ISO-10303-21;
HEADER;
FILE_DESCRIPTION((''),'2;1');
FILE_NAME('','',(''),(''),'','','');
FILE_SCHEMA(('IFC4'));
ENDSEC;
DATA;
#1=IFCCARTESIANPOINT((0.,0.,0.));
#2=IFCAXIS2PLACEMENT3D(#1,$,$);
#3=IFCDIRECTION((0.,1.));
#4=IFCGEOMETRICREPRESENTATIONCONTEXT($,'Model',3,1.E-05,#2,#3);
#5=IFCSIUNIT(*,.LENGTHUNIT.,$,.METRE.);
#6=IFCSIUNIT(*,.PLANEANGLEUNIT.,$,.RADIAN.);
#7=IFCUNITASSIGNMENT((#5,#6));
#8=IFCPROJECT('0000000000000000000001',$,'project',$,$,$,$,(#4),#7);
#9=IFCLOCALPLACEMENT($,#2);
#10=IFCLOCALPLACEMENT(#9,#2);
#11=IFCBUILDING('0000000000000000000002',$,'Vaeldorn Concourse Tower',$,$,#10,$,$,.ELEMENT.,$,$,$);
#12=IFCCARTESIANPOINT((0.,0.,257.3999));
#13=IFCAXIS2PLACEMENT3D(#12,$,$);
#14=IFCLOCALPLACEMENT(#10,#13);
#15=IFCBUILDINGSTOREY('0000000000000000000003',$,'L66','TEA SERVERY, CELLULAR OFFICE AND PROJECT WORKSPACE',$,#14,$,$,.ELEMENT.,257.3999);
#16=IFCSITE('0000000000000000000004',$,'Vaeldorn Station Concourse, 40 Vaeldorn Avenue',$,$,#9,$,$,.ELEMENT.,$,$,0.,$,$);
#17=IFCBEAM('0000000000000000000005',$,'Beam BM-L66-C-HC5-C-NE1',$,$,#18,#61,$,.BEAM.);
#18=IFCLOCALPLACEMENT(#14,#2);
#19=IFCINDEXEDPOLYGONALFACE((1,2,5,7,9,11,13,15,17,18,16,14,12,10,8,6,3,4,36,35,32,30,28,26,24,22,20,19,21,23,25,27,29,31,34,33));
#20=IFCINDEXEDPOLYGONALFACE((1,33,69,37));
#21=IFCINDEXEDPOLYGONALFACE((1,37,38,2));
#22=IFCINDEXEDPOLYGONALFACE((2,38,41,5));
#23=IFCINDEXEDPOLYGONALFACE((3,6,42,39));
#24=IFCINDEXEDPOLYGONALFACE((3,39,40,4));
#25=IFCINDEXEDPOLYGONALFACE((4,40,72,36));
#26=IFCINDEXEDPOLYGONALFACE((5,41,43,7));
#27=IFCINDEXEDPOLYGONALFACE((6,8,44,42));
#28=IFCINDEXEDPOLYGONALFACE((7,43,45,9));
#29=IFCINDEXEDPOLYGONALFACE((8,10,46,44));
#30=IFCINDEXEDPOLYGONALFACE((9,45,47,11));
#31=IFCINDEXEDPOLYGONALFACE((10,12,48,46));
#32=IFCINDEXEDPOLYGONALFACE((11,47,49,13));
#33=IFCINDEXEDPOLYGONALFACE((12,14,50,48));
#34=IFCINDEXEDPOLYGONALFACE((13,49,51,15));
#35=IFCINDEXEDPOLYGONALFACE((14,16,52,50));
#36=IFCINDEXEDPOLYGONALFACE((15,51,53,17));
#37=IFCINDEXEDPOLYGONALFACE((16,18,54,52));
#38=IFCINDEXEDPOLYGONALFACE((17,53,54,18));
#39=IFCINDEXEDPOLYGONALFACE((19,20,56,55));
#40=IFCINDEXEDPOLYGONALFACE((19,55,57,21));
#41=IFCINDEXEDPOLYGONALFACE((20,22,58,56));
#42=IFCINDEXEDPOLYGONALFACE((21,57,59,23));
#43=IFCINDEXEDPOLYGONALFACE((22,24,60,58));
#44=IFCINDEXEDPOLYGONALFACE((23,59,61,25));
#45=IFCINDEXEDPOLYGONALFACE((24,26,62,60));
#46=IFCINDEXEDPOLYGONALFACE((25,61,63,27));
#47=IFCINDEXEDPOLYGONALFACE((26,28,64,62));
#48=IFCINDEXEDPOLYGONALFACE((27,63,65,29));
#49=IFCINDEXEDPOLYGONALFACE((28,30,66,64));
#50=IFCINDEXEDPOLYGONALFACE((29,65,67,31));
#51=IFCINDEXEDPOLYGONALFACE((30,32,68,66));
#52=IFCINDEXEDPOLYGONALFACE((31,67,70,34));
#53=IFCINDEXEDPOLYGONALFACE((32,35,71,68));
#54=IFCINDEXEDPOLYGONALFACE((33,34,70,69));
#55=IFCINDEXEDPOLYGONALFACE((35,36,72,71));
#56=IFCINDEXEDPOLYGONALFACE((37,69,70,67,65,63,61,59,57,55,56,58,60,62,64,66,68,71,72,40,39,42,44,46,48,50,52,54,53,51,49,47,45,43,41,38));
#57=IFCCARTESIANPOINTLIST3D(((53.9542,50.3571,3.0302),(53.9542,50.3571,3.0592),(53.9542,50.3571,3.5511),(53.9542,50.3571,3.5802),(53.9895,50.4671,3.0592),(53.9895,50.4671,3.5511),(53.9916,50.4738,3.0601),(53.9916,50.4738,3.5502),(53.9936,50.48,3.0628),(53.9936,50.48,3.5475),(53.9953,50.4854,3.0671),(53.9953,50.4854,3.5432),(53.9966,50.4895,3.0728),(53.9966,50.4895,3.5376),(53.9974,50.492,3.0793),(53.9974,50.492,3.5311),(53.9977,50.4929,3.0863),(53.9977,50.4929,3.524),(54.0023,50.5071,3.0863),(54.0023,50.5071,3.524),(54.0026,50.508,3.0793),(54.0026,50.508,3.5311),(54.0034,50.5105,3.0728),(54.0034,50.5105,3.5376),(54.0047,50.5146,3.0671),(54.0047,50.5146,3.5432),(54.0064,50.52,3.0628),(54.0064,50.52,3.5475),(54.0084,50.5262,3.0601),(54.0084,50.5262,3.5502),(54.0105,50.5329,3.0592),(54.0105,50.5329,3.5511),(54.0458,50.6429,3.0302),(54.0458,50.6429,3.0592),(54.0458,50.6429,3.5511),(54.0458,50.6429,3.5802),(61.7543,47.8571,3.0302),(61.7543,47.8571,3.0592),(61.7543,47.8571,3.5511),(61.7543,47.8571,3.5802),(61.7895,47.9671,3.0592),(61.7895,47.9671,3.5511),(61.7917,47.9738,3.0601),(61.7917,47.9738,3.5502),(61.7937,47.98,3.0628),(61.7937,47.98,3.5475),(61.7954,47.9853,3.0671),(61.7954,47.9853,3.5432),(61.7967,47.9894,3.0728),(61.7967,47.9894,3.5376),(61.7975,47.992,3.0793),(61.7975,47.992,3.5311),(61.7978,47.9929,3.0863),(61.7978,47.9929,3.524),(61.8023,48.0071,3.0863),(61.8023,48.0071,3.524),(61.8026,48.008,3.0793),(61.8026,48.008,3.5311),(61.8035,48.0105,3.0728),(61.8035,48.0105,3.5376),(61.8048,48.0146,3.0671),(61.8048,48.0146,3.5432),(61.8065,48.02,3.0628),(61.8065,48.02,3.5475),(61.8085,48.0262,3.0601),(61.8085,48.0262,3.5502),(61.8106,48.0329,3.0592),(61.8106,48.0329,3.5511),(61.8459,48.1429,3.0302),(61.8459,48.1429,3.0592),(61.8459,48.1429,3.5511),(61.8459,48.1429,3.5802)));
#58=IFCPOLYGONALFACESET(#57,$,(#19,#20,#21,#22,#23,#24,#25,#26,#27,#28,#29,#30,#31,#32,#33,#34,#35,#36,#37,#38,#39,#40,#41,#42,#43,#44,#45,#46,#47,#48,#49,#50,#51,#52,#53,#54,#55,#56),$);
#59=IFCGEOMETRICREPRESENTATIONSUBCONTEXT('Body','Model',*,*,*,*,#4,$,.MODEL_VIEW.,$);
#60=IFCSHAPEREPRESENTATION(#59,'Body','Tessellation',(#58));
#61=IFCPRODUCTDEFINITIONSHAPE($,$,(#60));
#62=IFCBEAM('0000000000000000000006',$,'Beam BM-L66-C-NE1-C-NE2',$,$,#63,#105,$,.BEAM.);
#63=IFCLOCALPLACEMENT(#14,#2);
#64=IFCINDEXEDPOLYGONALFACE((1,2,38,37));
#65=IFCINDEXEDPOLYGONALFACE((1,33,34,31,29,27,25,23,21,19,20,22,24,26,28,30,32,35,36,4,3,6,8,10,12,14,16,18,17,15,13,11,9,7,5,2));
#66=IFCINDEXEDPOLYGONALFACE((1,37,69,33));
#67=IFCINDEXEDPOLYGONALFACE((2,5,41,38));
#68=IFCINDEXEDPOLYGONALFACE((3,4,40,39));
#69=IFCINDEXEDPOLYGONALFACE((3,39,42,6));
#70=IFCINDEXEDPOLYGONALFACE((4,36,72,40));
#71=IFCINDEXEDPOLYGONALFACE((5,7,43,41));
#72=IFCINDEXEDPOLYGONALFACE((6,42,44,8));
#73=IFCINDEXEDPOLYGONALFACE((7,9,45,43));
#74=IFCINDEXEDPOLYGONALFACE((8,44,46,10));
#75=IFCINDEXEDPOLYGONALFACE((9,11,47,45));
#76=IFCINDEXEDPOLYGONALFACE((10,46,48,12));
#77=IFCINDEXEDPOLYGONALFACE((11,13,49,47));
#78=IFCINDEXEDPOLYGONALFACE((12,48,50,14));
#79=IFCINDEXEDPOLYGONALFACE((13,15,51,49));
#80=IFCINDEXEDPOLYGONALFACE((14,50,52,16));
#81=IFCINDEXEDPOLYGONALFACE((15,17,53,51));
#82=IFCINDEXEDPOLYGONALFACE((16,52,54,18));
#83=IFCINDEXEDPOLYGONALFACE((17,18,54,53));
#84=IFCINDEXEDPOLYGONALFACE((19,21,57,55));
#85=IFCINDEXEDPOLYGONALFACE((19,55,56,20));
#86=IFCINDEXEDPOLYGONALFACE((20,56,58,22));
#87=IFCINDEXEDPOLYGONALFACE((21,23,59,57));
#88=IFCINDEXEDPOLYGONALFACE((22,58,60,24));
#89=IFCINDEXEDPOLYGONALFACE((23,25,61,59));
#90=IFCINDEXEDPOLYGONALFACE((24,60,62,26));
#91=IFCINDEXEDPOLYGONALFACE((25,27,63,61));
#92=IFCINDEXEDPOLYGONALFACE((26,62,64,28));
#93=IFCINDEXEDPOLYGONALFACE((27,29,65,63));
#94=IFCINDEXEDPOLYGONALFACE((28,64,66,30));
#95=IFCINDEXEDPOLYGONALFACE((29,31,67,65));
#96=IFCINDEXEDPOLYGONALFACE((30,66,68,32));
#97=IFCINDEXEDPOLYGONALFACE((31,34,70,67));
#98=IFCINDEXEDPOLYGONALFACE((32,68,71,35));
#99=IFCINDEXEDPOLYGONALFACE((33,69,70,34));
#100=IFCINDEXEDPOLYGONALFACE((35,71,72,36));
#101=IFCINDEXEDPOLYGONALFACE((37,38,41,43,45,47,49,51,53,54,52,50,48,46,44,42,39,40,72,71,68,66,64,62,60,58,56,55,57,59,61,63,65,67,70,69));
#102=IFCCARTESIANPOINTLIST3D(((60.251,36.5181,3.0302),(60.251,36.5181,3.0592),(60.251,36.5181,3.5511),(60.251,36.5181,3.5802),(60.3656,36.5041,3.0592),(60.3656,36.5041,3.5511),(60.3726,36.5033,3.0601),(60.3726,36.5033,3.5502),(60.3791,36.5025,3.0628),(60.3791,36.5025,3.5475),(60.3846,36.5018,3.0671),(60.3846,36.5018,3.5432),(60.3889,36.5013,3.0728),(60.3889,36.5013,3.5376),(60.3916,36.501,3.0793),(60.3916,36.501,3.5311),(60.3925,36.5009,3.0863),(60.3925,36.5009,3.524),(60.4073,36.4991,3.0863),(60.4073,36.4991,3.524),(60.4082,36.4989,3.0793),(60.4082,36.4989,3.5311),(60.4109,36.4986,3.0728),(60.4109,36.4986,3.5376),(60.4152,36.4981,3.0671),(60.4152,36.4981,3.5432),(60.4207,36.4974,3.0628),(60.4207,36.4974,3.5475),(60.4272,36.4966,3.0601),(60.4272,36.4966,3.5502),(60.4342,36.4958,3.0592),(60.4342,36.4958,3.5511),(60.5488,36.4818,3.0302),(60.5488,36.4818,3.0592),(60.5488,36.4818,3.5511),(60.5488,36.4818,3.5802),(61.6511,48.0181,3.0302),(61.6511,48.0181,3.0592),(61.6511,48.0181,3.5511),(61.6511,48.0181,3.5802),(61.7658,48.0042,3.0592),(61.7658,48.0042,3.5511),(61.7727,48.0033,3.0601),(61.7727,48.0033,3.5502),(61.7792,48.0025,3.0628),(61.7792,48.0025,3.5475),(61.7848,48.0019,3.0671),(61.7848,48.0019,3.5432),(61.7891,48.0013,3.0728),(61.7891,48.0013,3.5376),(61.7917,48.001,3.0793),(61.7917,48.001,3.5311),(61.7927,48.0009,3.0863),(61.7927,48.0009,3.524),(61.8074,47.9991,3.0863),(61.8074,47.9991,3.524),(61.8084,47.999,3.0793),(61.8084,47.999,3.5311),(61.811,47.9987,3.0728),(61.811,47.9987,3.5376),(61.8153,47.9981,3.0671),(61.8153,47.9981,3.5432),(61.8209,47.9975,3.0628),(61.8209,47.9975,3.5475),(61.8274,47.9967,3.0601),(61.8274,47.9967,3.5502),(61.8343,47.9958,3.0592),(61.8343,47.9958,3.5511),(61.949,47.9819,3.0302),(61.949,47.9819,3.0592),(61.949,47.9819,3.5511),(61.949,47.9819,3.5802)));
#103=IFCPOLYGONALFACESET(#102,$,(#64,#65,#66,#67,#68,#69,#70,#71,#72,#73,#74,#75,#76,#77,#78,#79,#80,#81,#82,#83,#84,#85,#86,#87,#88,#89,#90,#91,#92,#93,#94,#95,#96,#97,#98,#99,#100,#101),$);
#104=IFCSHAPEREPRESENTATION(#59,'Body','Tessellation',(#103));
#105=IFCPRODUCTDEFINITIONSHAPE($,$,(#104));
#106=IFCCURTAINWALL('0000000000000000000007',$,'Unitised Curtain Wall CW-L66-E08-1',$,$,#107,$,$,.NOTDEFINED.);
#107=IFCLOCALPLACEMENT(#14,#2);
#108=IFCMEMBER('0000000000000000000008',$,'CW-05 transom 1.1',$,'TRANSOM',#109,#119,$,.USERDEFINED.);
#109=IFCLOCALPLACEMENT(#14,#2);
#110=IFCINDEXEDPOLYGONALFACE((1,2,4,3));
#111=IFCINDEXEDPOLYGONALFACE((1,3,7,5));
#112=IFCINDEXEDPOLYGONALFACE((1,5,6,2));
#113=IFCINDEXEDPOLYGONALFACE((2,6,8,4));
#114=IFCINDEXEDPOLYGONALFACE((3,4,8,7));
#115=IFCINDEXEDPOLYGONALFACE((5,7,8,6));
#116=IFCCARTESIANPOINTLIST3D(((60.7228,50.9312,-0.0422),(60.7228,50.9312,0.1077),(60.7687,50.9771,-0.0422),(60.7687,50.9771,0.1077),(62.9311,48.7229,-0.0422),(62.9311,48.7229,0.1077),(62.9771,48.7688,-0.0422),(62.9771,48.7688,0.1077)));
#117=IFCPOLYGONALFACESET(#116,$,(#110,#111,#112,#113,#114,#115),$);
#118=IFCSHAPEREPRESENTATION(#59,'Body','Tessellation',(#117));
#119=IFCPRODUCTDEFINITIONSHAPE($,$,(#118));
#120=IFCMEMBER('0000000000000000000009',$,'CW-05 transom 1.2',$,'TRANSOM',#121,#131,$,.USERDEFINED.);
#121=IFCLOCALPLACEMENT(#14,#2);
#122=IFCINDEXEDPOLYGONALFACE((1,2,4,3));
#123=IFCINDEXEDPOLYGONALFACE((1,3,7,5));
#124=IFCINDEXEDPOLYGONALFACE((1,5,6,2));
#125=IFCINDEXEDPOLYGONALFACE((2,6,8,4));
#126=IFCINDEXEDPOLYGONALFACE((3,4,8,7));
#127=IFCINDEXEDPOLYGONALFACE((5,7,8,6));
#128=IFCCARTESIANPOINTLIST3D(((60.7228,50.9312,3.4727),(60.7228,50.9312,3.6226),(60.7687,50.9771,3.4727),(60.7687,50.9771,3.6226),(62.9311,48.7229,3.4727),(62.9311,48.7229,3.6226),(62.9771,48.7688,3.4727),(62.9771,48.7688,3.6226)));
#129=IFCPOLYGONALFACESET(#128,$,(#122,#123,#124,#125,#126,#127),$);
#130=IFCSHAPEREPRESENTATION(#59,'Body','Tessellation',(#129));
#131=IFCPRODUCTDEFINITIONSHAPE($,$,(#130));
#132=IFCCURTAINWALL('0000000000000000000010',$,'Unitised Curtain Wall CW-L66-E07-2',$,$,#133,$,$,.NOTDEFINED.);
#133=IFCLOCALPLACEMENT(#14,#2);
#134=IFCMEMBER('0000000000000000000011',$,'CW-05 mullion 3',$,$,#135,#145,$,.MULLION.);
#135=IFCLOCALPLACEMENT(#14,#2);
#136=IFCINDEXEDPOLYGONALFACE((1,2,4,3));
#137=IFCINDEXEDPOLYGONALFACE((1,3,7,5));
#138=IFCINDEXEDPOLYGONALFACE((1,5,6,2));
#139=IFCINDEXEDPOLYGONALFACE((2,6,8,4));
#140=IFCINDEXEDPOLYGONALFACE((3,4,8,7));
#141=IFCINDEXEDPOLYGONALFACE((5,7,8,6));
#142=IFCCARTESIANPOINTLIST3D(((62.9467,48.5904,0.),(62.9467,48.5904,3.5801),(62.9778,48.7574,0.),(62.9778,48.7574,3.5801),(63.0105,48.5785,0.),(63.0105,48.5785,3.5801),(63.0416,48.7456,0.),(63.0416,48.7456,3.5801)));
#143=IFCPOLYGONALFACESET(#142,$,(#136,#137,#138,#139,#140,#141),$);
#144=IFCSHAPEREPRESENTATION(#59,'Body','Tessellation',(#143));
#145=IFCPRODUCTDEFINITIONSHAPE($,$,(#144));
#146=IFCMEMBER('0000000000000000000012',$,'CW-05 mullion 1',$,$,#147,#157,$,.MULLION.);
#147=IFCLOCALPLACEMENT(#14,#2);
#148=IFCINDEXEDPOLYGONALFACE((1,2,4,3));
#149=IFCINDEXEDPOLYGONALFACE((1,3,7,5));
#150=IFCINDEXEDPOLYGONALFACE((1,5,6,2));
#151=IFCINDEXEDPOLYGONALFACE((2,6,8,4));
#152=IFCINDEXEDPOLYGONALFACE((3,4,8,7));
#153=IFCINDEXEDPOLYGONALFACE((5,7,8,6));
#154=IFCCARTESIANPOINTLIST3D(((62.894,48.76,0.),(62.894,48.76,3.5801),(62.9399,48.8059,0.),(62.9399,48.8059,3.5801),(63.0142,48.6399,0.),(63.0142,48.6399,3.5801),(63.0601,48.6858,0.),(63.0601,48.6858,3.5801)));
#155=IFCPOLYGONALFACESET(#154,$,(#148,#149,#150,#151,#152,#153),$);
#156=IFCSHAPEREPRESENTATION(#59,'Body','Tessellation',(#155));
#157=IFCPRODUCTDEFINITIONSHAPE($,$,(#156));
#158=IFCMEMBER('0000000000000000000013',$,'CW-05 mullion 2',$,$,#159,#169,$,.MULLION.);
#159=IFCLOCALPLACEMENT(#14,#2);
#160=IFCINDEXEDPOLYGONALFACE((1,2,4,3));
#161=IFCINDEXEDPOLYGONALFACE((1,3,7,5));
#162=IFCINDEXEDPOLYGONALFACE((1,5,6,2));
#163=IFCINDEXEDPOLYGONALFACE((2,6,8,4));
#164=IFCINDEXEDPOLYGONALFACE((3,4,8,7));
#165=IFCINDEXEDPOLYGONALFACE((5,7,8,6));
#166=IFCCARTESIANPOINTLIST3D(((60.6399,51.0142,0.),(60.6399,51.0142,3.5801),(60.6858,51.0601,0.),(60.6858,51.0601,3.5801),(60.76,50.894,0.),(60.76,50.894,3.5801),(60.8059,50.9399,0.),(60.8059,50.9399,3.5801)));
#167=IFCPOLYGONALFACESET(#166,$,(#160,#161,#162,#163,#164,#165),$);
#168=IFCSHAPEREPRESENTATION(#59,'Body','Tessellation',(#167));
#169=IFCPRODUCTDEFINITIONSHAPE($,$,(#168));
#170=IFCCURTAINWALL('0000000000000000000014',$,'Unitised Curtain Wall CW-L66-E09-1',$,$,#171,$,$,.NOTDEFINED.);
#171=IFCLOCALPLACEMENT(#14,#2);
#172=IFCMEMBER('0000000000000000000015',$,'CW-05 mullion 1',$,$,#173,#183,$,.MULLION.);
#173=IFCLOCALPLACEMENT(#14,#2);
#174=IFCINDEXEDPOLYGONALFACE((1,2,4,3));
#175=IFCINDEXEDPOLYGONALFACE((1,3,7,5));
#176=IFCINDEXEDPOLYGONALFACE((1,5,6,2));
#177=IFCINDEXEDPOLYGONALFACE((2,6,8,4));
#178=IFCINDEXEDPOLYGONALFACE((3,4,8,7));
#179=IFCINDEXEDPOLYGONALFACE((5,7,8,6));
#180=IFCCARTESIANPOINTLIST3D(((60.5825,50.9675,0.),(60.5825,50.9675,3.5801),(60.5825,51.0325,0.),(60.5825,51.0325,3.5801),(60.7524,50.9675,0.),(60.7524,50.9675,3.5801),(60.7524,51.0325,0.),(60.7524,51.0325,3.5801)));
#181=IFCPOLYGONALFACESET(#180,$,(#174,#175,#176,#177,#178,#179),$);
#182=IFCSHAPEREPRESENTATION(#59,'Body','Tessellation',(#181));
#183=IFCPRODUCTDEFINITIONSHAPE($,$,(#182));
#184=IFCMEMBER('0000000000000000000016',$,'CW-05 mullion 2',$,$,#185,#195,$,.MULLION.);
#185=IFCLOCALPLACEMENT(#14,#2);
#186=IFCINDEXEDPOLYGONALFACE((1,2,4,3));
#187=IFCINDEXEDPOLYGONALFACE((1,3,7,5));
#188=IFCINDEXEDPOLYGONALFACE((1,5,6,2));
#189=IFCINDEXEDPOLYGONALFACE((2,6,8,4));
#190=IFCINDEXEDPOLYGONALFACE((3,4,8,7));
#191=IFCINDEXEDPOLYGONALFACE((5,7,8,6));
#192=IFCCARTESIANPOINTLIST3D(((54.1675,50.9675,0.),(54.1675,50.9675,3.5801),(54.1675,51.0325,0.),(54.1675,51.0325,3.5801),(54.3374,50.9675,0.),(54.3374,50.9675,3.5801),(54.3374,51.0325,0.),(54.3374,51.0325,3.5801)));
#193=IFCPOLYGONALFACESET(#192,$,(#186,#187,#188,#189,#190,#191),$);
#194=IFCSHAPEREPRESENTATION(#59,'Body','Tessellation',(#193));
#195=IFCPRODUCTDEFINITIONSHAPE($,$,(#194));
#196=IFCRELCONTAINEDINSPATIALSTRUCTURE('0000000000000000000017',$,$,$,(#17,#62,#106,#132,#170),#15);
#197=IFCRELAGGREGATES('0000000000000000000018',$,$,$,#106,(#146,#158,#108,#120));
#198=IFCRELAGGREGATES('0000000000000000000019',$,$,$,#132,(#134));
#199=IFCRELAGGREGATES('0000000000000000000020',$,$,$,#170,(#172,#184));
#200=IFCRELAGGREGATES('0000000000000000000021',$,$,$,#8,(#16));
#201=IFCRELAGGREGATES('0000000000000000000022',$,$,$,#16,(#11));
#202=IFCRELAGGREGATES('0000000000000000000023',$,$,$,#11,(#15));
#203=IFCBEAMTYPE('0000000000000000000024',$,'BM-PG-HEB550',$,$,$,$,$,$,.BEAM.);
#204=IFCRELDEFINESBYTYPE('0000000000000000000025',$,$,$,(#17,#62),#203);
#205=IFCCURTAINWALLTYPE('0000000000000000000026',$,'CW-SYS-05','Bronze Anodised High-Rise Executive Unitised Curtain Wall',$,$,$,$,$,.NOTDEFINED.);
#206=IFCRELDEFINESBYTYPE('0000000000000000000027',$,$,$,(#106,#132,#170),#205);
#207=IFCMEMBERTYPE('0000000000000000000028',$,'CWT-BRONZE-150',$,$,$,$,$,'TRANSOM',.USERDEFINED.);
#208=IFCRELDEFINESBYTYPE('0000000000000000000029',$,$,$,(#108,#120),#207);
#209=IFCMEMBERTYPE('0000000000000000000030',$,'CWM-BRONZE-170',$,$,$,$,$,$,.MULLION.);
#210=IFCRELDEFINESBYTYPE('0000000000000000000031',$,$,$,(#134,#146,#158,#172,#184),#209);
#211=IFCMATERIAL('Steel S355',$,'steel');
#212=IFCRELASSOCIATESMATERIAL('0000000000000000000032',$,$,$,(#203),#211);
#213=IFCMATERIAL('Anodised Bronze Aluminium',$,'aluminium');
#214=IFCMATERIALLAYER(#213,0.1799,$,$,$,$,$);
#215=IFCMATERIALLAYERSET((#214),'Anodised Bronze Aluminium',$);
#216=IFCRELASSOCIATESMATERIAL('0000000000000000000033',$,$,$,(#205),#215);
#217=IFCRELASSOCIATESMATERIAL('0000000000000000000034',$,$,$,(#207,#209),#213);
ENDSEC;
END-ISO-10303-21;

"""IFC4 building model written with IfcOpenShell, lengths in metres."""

from ifc_helpers import new_model, si_unit, direction, frame, origin, origin_2d, place, context, subcontext, project, spatial, rectangle, i_section, extrude, source, transform, mapped, material, layer, layer_set, material_profile, profile_set, type_object, element, aggregate, save


model = new_model("IFC4")

# Units and contexts
model_context = context("Model", 3, precision=1e-05, world=origin(), true_north=direction((0.0, 1.0)))
body_context = subcontext(model_context, "Body", "Model", "MODEL_VIEW")
ifc_project = project(units=[si_unit("LENGTHUNIT", "METRE"), si_unit("PLANEANGLEUNIT", "RADIAN")], contexts=[model_context])

# Site, building, storey
site_placement = place(None, origin())
site = spatial("IfcSite", under=ifc_project, at=site_placement, Name="Vaeldorn Station Concourse, 40 Vaeldorn Avenue", CompositionType="ELEMENT", RefElevation=0.0)
building_placement = place(site_placement, origin())
building = spatial("IfcBuilding", under=site, at=building_placement, Name="Vaeldorn Concourse Tower", CompositionType="ELEMENT")
storey_placement = place(building_placement, frame((0.0, 0.0, 257.3999)))
storey = spatial("IfcBuildingStorey", under=building, at=storey_placement, Name="L66", Description="TEA SERVERY, CELLULAR OFFICE AND PROJECT WORKSPACE", CompositionType="ELEMENT", Elevation=257.3999)

# Shared definitions
ifc_material_1 = material(Name="Steel S355", Category="steel")

# Beams
ifc_material_profile_1 = material_profile(ifc_material_1, i_section(OverallWidth=0.3, OverallDepth=0.55, WebThickness=0.0149, FlangeThickness=0.0291, FilletRadius=0.0271, at=origin_2d()), Name="HEB 550")
ifc_profile_set_1 = profile_set([ifc_material_profile_1], Name="Steel S355")
beam_type_1 = type_object("IfcBeamType", Name="BM-PG-HEB550", PredefinedType="BEAM", material=ifc_profile_set_1)
shared_shape_1 = source(origin(), body_context, "Body", "SweptSolid", [
    extrude(i_section(OverallWidth=0.3, OverallDepth=0.55, WebThickness=0.0149, FlangeThickness=0.0291, FilletRadius=0.0271, at=origin_2d()), origin(), (0.0, 0.0, 1.0), 8.1909),
])
beam_1_placement = place(storey_placement, frame((54.0, 50.5, 3.3052), z_axis=(0.952283, -0.305217, 0.0), x_axis=(0.305217, 0.952283, 0.0)))
element("IfcBeam", 1, at=beam_1_placement, inside=storey, type_object=beam_type_1, Name="Beam BM-L66-C-HC5-C-NE1", PredefinedType="BEAM", context=body_context, shape_type="MappedRepresentation", body=[
    mapped(shared_shape_1, transform((0.0, 0.0, 0.0), scale=1.0)),
])
shared_shape_2 = source(origin(), body_context, "Body", "SweptSolid", [
    extrude(i_section(OverallWidth=0.3, OverallDepth=0.55, WebThickness=0.0149, FlangeThickness=0.0291, FilletRadius=0.0271, at=origin_2d()), origin(), (0.0, 0.0, 1.0), 11.585),
])
beam_2_placement = place(storey_placement, frame((61.8, 48.0, 3.3052), z_axis=(-0.120859, -0.99267, 0.0), x_axis=(0.99267, -0.120859, 0.0)))
element("IfcBeam", 2, at=beam_2_placement, inside=storey, type_object=beam_type_1, Name="Beam BM-L66-C-NE1-C-NE2", PredefinedType="BEAM", context=body_context, shape_type="MappedRepresentation", body=[
    mapped(shared_shape_2, transform((0.0, 0.0, 0.0), scale=1.0)),
])

# Curtain wall, members
ifc_material_2 = material(Name="Anodised Bronze Aluminium", Category="aluminium")
ifc_layer_1 = layer(ifc_material_2, 0.1799)
ifc_layer_set_1 = layer_set([ifc_layer_1], Name="Anodised Bronze Aluminium")
curtain_wall_type = type_object("IfcCurtainWallType", Name="CW-SYS-05", Description="Bronze Anodised High-Rise Executive Unitised Curtain Wall", PredefinedType="NOTDEFINED", material=ifc_layer_set_1)
curtain_wall_1_placement = place(storey_placement, origin())
curtain_wall_1 = element("IfcCurtainWall", 3, at=curtain_wall_1_placement, inside=storey, type_object=curtain_wall_type, Name="Unitised Curtain Wall CW-L66-E08-1", PredefinedType="NOTDEFINED")
ifc_material_profile_2 = material_profile(ifc_material_2, rectangle(XDim=0.0649, YDim=0.1499, at=origin_2d()), Name="CWT 65x150")
ifc_profile_set_2 = profile_set([ifc_material_profile_2], Name="Anodised Bronze Aluminium")
member_type_1 = type_object("IfcMemberType", Name="CWT-BRONZE-150", ElementType="TRANSOM", PredefinedType="USERDEFINED", material=ifc_profile_set_2)
shared_shape_3 = source(origin(), body_context, "Body", "SweptSolid", [
    extrude(rectangle(XDim=0.0649, YDim=0.1499, at=origin_2d()), origin(), (0.0, 0.0, 1.0), 3.123),
])
member_1_placement = place(storey_placement, frame((62.9541, 48.7458, 0.0327), z_axis=(-0.707107, 0.707107, 0.0), x_axis=(-0.707107, -0.707107, 0.0)))
member_1 = element("IfcMember", 4, at=member_1_placement, type_object=member_type_1, Name="CW-05 transom 1.1", ObjectType="TRANSOM", PredefinedType="USERDEFINED", context=body_context, shape_type="MappedRepresentation", body=[
    mapped(shared_shape_3, transform((0.0, 0.0, 0.0), scale=1.0)),
])
member_2_placement = place(storey_placement, frame((62.9541, 48.7458, 3.5476), z_axis=(-0.707107, 0.707107, 0.0), x_axis=(-0.707107, -0.707107, 0.0)))
member_2 = element("IfcMember", 5, at=member_2_placement, type_object=member_type_1, Name="CW-05 transom 1.2", ObjectType="TRANSOM", PredefinedType="USERDEFINED", context=body_context, shape_type="MappedRepresentation", body=[
    mapped(shared_shape_3, transform((0.0, 0.0, 0.0), scale=1.0)),
])

# Curtain wall, member
curtain_wall_2_placement = place(storey_placement, origin())
curtain_wall_2 = element("IfcCurtainWall", 6, at=curtain_wall_2_placement, inside=storey, type_object=curtain_wall_type, Name="Unitised Curtain Wall CW-L66-E07-2", PredefinedType="NOTDEFINED")
ifc_material_profile_3 = material_profile(ifc_material_2, rectangle(XDim=0.0649, YDim=0.1699, at=origin_2d()), Name="CWM 65x170")
ifc_profile_set_3 = profile_set([ifc_material_profile_3], Name="Anodised Bronze Aluminium")
member_type_2 = type_object("IfcMemberType", Name="CWM-BRONZE-170", PredefinedType="MULLION", material=ifc_profile_set_3)
shared_shape_4 = source(origin(), body_context, "Body", "SweptSolid", [
    extrude(rectangle(XDim=0.0649, YDim=0.1699, at=origin_2d()), origin(), (0.0, 0.0, 1.0), 3.5801),
])
member_3_placement = place(storey_placement, frame((62.9941, 48.668, 0.0), z_axis=(0.0, 0.0, 1.0), x_axis=(-0.983103, 0.183054, 0.0)))
member_3 = element("IfcMember", 7, at=member_3_placement, type_object=member_type_2, Name="CW-05 mullion 3", PredefinedType="MULLION", context=body_context, shape_type="MappedRepresentation", body=[
    mapped(shared_shape_4, transform((0.0, 0.0, 0.0), scale=1.0)),
])

# Members
member_4_placement = place(storey_placement, frame((62.9771, 48.7229, 0.0), z_axis=(0.0, 0.0, 1.0), x_axis=(-0.707107, -0.707107, 0.0)))
member_4 = element("IfcMember", 8, at=member_4_placement, type_object=member_type_2, Name="CW-05 mullion 1", PredefinedType="MULLION", context=body_context, shape_type="MappedRepresentation", body=[
    mapped(shared_shape_4, transform((0.0, 0.0, 0.0), scale=1.0)),
])
member_5_placement = place(storey_placement, frame((60.7229, 50.9771, 0.0), z_axis=(0.0, 0.0, 1.0), x_axis=(-0.707107, -0.707107, 0.0)))
member_5 = element("IfcMember", 9, at=member_5_placement, type_object=member_type_2, Name="CW-05 mullion 2", PredefinedType="MULLION", context=body_context, shape_type="MappedRepresentation", body=[
    mapped(shared_shape_4, transform((0.0, 0.0, 0.0), scale=1.0)),
])

# Curtain wall, members
curtain_wall_3_placement = place(storey_placement, origin())
curtain_wall_3 = element("IfcCurtainWall", 10, at=curtain_wall_3_placement, inside=storey, type_object=curtain_wall_type, Name="Unitised Curtain Wall CW-L66-E09-1", PredefinedType="NOTDEFINED")
member_6_placement = place(storey_placement, frame((60.6675, 51.0, 0.0), z_axis=(0.0, 0.0, 1.0), x_axis=(0.0, -1.0, 0.0)))
member_6 = element("IfcMember", 11, at=member_6_placement, type_object=member_type_2, Name="CW-05 mullion 1", PredefinedType="MULLION", context=body_context, shape_type="MappedRepresentation", body=[
    mapped(shared_shape_4, transform((0.0, 0.0, 0.0), scale=1.0)),
])
member_7_placement = place(storey_placement, frame((54.2524, 51.0, 0.0), z_axis=(0.0, 0.0, 1.0), x_axis=(0.0, -1.0, 0.0)))
member_7 = element("IfcMember", 12, at=member_7_placement, type_object=member_type_2, Name="CW-05 mullion 2", PredefinedType="MULLION", context=body_context, shape_type="MappedRepresentation", body=[
    mapped(shared_shape_4, transform((0.0, 0.0, 0.0), scale=1.0)),
])

aggregate(curtain_wall_1, [member_4, member_5, member_1, member_2])
aggregate(curtain_wall_2, [member_3])
aggregate(curtain_wall_3, [member_6, member_7])

save(model, "model.ifc")
